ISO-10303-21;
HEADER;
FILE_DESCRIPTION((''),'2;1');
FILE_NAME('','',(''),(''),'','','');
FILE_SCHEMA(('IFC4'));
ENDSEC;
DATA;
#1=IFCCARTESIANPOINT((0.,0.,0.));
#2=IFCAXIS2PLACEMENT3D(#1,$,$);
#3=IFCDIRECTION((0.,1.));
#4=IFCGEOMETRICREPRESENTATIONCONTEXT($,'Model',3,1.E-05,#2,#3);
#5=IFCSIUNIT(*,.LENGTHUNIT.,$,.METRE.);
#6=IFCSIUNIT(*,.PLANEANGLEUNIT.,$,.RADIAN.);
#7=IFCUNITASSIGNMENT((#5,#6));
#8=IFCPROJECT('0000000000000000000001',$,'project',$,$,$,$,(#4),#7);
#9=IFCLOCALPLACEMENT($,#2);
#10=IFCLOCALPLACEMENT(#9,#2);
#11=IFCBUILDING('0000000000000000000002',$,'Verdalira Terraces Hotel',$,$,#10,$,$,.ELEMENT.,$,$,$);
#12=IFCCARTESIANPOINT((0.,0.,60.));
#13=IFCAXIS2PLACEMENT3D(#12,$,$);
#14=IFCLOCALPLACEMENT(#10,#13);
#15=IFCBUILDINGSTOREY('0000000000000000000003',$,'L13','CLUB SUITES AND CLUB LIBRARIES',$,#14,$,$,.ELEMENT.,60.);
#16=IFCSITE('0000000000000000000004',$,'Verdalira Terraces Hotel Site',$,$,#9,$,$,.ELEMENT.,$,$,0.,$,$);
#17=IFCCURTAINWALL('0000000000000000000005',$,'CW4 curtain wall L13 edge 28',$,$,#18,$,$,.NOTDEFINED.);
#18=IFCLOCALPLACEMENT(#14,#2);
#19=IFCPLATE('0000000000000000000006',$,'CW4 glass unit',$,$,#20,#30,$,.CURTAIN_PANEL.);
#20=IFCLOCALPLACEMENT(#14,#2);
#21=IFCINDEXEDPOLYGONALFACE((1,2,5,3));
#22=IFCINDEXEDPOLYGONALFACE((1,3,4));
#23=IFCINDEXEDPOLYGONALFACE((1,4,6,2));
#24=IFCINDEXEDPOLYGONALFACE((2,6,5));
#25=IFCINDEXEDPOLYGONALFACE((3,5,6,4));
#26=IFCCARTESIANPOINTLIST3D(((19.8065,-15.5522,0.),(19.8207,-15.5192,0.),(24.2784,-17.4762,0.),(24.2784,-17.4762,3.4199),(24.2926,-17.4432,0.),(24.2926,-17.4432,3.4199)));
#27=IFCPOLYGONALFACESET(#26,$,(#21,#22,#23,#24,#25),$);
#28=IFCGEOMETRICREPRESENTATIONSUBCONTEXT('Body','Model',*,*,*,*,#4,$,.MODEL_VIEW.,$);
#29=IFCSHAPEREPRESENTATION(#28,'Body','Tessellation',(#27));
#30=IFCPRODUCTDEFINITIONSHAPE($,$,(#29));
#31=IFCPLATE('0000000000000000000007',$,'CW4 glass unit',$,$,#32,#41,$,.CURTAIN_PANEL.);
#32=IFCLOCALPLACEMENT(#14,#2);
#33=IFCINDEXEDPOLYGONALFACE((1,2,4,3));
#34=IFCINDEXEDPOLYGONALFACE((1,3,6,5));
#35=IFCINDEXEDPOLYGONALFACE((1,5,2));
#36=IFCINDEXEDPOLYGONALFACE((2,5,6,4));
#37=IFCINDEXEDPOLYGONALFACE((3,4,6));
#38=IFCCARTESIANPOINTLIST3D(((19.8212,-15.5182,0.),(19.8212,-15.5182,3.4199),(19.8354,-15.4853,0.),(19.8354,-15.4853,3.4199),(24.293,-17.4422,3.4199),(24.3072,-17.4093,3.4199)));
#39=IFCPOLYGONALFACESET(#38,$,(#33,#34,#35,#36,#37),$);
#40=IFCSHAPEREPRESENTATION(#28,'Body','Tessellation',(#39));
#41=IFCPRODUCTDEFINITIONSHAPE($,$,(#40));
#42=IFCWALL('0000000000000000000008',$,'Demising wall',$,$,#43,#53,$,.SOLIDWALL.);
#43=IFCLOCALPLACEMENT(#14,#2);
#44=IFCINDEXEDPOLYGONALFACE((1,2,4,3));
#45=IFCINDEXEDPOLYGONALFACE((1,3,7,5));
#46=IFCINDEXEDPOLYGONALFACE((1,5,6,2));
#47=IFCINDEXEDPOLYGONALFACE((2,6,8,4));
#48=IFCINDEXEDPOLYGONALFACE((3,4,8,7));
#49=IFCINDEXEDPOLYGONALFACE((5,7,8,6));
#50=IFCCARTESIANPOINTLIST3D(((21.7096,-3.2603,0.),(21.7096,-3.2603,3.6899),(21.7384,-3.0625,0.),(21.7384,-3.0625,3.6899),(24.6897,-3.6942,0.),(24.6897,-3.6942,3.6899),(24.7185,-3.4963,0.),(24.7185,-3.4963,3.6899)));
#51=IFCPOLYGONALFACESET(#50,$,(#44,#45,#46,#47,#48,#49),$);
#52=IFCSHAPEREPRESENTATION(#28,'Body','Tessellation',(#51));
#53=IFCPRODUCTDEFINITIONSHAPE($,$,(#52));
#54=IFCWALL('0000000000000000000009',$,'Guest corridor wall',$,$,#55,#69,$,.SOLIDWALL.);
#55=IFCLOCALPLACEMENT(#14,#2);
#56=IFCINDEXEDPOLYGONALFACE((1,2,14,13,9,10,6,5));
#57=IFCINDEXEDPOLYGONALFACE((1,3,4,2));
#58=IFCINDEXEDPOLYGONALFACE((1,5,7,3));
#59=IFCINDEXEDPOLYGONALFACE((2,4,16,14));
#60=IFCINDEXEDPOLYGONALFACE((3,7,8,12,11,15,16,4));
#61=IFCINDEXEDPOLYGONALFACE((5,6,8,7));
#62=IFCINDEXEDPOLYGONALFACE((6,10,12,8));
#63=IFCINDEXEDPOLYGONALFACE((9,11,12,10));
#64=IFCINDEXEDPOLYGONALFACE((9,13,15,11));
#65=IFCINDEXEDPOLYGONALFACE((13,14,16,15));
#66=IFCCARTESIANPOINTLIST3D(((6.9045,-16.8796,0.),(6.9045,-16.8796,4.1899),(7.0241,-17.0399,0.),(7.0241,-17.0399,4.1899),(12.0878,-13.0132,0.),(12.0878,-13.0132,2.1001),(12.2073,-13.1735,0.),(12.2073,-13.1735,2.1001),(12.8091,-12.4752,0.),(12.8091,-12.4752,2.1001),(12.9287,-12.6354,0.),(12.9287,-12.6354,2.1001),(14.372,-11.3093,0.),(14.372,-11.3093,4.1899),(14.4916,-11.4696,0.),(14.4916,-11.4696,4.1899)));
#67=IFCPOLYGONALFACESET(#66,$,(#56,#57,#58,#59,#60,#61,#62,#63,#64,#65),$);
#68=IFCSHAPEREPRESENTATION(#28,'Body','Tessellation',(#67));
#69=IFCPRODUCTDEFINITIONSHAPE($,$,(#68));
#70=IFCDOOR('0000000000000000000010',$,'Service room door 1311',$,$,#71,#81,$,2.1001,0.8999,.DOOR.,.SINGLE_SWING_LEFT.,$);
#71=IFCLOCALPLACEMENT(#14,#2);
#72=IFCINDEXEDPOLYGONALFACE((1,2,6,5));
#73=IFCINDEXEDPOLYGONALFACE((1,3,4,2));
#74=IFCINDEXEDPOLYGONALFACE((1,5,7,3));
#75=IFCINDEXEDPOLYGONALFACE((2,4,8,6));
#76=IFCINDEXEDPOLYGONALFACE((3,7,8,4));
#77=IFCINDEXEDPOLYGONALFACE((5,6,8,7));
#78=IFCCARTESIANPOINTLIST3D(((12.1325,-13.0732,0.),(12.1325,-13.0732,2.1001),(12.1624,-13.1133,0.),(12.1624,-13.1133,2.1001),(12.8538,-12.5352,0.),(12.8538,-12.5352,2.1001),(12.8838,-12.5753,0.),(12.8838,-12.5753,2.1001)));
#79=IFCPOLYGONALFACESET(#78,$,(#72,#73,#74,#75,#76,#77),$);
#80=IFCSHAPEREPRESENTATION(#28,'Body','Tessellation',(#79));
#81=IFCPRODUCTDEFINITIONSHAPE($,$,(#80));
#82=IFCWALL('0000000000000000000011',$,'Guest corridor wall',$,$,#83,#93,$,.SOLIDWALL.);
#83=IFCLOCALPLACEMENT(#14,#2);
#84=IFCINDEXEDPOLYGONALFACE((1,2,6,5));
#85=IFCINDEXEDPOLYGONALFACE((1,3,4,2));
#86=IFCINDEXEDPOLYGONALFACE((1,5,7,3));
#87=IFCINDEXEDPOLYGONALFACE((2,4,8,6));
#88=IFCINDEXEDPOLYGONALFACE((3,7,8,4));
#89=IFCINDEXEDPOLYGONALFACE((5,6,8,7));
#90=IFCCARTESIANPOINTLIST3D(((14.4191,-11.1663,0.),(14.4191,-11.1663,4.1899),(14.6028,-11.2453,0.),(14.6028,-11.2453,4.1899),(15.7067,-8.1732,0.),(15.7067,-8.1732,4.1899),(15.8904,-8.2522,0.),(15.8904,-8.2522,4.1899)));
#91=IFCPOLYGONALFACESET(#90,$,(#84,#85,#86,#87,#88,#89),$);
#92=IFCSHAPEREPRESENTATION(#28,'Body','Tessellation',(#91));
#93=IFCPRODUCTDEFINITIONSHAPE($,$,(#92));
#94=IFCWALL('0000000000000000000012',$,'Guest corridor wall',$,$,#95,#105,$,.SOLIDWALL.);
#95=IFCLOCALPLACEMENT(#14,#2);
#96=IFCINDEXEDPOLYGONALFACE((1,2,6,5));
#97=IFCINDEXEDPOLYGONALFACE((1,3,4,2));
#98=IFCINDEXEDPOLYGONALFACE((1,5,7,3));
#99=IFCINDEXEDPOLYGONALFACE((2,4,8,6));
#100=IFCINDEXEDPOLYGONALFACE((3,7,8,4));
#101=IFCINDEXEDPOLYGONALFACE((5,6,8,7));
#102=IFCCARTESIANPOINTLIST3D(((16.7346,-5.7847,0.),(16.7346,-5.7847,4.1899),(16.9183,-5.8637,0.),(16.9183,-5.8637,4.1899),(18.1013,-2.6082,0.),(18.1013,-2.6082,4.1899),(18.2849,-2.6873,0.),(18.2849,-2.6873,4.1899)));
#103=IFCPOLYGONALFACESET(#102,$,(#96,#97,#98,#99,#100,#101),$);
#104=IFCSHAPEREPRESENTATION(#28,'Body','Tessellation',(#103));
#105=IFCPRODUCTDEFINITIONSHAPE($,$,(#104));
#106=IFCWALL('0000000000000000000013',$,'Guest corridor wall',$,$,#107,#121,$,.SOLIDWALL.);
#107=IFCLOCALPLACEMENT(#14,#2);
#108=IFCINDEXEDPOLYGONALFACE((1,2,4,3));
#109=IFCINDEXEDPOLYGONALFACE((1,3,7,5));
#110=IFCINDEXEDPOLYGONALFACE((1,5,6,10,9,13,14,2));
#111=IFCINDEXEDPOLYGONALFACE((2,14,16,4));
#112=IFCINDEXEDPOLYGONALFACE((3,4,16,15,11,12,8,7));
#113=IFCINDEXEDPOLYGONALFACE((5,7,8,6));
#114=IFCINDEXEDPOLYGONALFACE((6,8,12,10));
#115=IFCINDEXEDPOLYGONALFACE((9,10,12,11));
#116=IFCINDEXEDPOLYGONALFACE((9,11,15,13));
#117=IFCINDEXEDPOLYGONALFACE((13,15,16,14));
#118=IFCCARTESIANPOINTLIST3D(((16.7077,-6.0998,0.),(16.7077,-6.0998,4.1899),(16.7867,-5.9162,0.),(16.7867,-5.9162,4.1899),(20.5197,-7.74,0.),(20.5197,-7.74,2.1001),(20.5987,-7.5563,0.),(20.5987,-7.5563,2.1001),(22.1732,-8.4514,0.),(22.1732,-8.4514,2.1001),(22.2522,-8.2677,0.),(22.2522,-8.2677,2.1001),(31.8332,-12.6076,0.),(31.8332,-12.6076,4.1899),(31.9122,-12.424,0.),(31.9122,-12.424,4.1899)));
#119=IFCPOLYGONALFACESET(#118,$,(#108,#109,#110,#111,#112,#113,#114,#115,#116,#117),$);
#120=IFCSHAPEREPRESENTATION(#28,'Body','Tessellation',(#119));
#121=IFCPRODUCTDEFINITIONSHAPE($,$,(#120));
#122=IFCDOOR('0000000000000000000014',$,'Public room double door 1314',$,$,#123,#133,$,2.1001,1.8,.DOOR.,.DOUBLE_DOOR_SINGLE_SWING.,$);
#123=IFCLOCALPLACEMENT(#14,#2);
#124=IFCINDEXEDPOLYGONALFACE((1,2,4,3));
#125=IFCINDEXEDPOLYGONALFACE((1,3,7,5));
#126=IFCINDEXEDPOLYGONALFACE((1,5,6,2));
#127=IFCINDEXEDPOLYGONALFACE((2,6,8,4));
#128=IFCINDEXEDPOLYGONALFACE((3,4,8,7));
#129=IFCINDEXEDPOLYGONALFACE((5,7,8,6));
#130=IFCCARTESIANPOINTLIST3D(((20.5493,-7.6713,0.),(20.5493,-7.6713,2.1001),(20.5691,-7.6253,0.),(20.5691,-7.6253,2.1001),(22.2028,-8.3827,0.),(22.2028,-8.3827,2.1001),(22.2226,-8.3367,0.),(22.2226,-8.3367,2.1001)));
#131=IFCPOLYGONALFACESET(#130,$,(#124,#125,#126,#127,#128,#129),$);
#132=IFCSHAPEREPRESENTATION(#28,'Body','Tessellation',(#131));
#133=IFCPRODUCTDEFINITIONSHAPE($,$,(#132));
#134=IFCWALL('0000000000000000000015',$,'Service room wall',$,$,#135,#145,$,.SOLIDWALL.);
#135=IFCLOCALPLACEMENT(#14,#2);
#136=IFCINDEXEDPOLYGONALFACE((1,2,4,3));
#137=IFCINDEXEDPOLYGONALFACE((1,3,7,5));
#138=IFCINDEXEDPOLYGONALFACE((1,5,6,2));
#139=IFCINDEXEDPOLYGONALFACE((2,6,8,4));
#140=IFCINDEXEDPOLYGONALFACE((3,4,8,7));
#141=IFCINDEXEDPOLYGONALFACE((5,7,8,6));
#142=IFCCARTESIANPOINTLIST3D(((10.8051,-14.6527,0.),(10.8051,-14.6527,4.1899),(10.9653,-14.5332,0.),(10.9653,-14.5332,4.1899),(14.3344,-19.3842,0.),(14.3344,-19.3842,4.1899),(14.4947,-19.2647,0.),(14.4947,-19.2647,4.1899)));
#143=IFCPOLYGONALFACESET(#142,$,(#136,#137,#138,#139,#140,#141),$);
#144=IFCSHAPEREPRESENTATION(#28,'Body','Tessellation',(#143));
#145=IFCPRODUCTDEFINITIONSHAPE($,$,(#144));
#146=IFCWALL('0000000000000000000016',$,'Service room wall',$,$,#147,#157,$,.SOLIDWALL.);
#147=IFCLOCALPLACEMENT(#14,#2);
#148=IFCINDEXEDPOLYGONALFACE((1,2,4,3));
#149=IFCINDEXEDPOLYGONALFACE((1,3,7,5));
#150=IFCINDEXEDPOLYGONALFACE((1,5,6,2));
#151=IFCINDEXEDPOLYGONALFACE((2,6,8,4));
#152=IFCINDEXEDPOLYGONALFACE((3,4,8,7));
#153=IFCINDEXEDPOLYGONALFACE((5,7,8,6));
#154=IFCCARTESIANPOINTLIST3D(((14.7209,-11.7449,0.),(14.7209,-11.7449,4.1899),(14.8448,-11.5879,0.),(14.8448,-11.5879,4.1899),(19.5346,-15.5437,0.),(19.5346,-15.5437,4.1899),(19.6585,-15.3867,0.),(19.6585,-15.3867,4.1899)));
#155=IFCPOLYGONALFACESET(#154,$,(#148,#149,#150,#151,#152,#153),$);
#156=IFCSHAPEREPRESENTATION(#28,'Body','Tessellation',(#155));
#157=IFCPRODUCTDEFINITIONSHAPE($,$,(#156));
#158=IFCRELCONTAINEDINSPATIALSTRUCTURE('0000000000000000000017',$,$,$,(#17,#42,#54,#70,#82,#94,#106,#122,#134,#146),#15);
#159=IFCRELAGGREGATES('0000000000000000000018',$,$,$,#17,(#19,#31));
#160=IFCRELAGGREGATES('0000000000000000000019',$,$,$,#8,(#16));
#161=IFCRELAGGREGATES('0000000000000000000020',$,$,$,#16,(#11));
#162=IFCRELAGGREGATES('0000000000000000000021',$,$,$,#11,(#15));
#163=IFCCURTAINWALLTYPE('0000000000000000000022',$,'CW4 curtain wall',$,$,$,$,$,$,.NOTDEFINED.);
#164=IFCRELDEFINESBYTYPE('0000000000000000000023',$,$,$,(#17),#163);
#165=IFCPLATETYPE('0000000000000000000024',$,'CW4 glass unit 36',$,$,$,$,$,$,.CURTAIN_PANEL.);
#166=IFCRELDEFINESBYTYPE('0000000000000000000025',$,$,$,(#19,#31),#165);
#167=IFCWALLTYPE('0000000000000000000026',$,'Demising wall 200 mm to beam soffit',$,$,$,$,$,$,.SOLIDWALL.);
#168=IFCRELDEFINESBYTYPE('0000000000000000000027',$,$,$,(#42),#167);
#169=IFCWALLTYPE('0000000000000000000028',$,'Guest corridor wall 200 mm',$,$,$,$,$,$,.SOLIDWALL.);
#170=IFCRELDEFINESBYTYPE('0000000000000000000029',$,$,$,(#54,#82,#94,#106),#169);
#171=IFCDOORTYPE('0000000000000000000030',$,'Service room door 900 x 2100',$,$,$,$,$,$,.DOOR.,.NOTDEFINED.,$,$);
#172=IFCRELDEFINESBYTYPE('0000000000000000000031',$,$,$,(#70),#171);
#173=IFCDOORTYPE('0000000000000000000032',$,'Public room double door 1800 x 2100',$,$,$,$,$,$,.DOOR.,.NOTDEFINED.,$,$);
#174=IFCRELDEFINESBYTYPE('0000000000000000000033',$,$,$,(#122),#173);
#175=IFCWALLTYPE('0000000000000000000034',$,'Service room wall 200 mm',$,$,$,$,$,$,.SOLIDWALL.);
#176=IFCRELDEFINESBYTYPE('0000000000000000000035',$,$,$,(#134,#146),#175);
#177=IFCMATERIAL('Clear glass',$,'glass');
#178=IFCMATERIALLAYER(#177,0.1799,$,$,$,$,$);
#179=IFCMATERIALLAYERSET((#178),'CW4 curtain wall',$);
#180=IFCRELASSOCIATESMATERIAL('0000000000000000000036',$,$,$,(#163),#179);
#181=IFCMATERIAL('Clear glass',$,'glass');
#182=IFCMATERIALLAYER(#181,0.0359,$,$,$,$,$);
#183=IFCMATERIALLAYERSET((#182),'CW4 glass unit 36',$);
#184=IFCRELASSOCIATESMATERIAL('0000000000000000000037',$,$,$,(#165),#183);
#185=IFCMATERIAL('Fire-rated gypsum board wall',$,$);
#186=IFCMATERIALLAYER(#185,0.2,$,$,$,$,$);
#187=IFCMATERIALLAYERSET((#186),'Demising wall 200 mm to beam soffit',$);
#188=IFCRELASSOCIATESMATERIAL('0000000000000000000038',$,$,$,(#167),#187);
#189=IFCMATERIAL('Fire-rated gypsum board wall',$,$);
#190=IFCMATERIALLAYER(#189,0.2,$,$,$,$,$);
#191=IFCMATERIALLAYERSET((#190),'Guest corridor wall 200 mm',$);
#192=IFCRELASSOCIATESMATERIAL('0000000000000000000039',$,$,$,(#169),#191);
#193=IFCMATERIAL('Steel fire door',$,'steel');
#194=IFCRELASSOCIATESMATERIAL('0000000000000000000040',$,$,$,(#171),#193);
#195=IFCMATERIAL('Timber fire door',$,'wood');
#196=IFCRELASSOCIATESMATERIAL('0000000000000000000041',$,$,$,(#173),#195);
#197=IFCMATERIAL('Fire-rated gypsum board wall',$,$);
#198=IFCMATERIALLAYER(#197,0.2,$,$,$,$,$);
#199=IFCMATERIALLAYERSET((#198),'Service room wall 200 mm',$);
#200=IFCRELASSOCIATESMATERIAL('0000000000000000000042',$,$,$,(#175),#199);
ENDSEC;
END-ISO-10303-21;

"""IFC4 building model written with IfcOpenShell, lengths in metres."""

from ifc_helpers import new_model, si_unit, direction, frame, frame_2d, origin, place, context, subcontext, project, spatial, polyline, rectangle, outline, extrude, material, layer, layer_set, type_object, element, fill, aggregate, save


model = new_model("IFC4")

# Units and contexts
model_context = context("Model", 3, precision=1e-05, world=origin(), true_north=direction((0.0, 1.0)))
body_context = subcontext(model_context, "Body", "Model", "MODEL_VIEW")
ifc_project = project(units=[si_unit("LENGTHUNIT", "METRE"), si_unit("PLANEANGLEUNIT", "RADIAN")], contexts=[model_context])

# Site, building, storey
site_placement = place(None, origin())
site = spatial("IfcSite", under=ifc_project, at=site_placement, Name="Verdalira Terraces Hotel Site", CompositionType="ELEMENT", RefElevation=0.0)
building_placement = place(site_placement, origin())
building = spatial("IfcBuilding", under=site, at=building_placement, Name="Verdalira Terraces Hotel", CompositionType="ELEMENT")
storey_placement = place(building_placement, frame((0.0, 0.0, 60.0)))
storey = spatial("IfcBuildingStorey", under=building, at=storey_placement, Name="L13", Description="CLUB SUITES AND CLUB LIBRARIES", CompositionType="ELEMENT", Elevation=60.0)

# Curtain wall
ifc_material_1 = material(Name="Clear glass", Category="glass")
ifc_layer_1 = layer(ifc_material_1, 0.1799)
ifc_layer_set_1 = layer_set([ifc_layer_1], Name="CW4 curtain wall")
curtain_wall_type = type_object("IfcCurtainWallType", Name="CW4 curtain wall", PredefinedType="NOTDEFINED", material=ifc_layer_set_1)
curtain_wall_1_placement = place(storey_placement, origin())
curtain_wall_1 = element("IfcCurtainWall", 1, at=curtain_wall_1_placement, inside=storey, type_object=curtain_wall_type, Name="CW4 curtain wall L13 edge 28", PredefinedType="NOTDEFINED")

# Plates
ifc_material_2 = material(Name="Clear glass", Category="glass")
ifc_layer_2 = layer(ifc_material_2, 0.0359)
ifc_layer_set_2 = layer_set([ifc_layer_2], Name="CW4 glass unit 36")
plate_type = type_object("IfcPlateType", Name="CW4 glass unit 36", PredefinedType="CURTAIN_PANEL", material=ifc_layer_set_2)
plate_1_placement = place(storey_placement, frame((22.0566, -16.4812, 1.71), z_axis=(-0.395225, -0.918584, 0.0), x_axis=(0.918584, -0.395225, 0.0)))
plate_1 = element("IfcPlate", 2, at=plate_1_placement, type_object=plate_type, Name="CW4 glass unit", PredefinedType="CURTAIN_PANEL", context=body_context, shape_type="SweptSolid", body=[
    extrude(outline(polyline([(-2.4341, -1.71), (2.4341, -1.71), (2.4341, 1.71), (-2.4341, -1.71)])), origin(), (0.0, 0.0, 1.0), 0.0359),
])
plate_2_placement = place(storey_placement, frame((22.0713, -16.4473, 1.71), z_axis=(-0.395225, -0.918584, 0.0), x_axis=(0.918584, -0.395225, 0.0)))
plate_2 = element("IfcPlate", 3, at=plate_2_placement, type_object=plate_type, Name="CW4 glass unit", PredefinedType="CURTAIN_PANEL", context=body_context, shape_type="SweptSolid", body=[
    extrude(outline(polyline([(-2.4341, -1.71), (2.4341, 1.71), (-2.4341, 1.71), (-2.4341, -1.71)])), origin(), (0.0, 0.0, 1.0), 0.0359),
])
aggregate(curtain_wall_1, [plate_1, plate_2])

# Wall
ifc_material_3 = material(Name="Fire-rated gypsum board wall")
ifc_layer_3 = layer(ifc_material_3, 0.2)
ifc_layer_set_3 = layer_set([ifc_layer_3], Name="Demising wall 200 mm to beam soffit")
wall_type_1 = type_object("IfcWallType", Name="Demising wall 200 mm to beam soffit", PredefinedType="SOLIDWALL", material=ifc_layer_set_3)
wall_1_placement = place(storey_placement, frame((21.7239, -3.1614, 0.0), z_axis=(0.0, 0.0, 1.0), x_axis=(0.989568, -0.144065, 0.0)))
element("IfcWall", 4, at=wall_1_placement, inside=storey, type_object=wall_type_1, Name="Demising wall", PredefinedType="SOLIDWALL", context=body_context, shape_type="SweptSolid", body=[
    extrude(rectangle(XDim=3.0115, YDim=0.2, at=frame_2d((1.5059, 0.0))), origin(), (0.0, 0.0, 1.0), 3.6899),
])

# Wall, opening, door
ifc_material_4 = material(Name="Fire-rated gypsum board wall")
ifc_layer_4 = layer(ifc_material_4, 0.2)
ifc_layer_set_4 = layer_set([ifc_layer_4], Name="Guest corridor wall 200 mm")
wall_type_2 = type_object("IfcWallType", Name="Guest corridor wall 200 mm", PredefinedType="SOLIDWALL", material=ifc_layer_set_4)
wall_2_placement = place(storey_placement, frame((14.4319, -11.3894, 0.0), z_axis=(0.0, 0.0, 1.0), x_axis=(-0.80156, -0.597914, 0.0)))
wall_2 = element("IfcWall", 5, at=wall_2_placement, inside=storey, type_object=wall_type_2, Name="Guest corridor wall", PredefinedType="SOLIDWALL", context=body_context, shape_type="SweptSolid", body=[
    extrude(rectangle(XDim=9.3162, YDim=0.2, at=frame_2d((4.6582, 0.0))), origin(), (0.0, 0.0, 1.0), 4.1899),
])
opening_1_placement = place(wall_2_placement, frame((1.95, 0.0, 0.0)))
opening_1 = element("IfcOpeningElement", 6, at=opening_1_placement, cuts=wall_2, PredefinedType="OPENING", context=body_context, shape_type="SweptSolid", body=[
    extrude(rectangle(XDim=0.8999, YDim=2.1001, at=frame_2d((0.45, 1.05))), frame((0.0, 0.1099, 0.0), z_axis=(0.0, -1.0, 0.0), x_axis=(1.0, 0.0, 0.0)), (0.0, 0.0, 1.0), 0.22),
])
ifc_material_5 = material(Name="Steel fire door", Category="steel")
door_type_1 = type_object("IfcDoorType", Name="Service room door 900 x 2100", OperationType="NOTDEFINED", PredefinedType="DOOR", material=ifc_material_5)
door_1_placement = place(opening_1_placement, origin())
door_1 = element("IfcDoor", 7, at=door_1_placement, inside=storey, type_object=door_type_1, Name="Service room door 1311", OperationType="SINGLE_SWING_LEFT", OverallHeight=2.1001, OverallWidth=0.8999, PredefinedType="DOOR", context=body_context, shape_type="SweptSolid", body=[
    extrude(rectangle(XDim=0.8999, YDim=2.1001, at=frame_2d((0.45, 1.05))), frame((0.0, 0.0249, 0.0), z_axis=(0.0, -1.0, 0.0), x_axis=(1.0, 0.0, 0.0)), (0.0, 0.0, 1.0), 0.05),
])
fill(opening_1, door_1)

# Walls
wall_3_placement = place(storey_placement, frame((14.511, -11.2058, 0.0), z_axis=(0.0, 0.0, 1.0), x_axis=(0.395167, 0.918609, 0.0)))
element("IfcWall", 8, at=wall_3_placement, inside=storey, type_object=wall_type_2, Name="Guest corridor wall", PredefinedType="SOLIDWALL", context=body_context, shape_type="SweptSolid", body=[
    extrude(rectangle(XDim=3.2583, YDim=0.2, at=frame_2d((1.6292, 0.0))), origin(), (0.0, 0.0, 1.0), 4.1899),
])
wall_4_placement = place(storey_placement, frame((16.8264, -5.8242, 0.0), z_axis=(0.0, 0.0, 1.0), x_axis=(0.395223, 0.918585, 0.0)))
element("IfcWall", 9, at=wall_4_placement, inside=storey, type_object=wall_type_2, Name="Guest corridor wall", PredefinedType="SOLIDWALL", context=body_context, shape_type="SweptSolid", body=[
    extrude(rectangle(XDim=3.458, YDim=0.2, at=frame_2d((1.729, 0.0))), origin(), (0.0, 0.0, 1.0), 4.1899),
])

# Wall, opening, door
wall_5_placement = place(storey_placement, frame((16.7473, -6.0081, 0.0), z_axis=(0.0, 0.0, 1.0), x_axis=(0.918584, -0.395225, 0.0)))
wall_5 = element("IfcWall", 10, at=wall_5_placement, inside=storey, type_object=wall_type_2, Name="Guest corridor wall", PredefinedType="SOLIDWALL", context=body_context, shape_type="SweptSolid", body=[
    extrude(rectangle(XDim=16.4661, YDim=0.2, at=frame_2d((8.2329, 0.0))), origin(), (0.0, 0.0, 1.0), 4.1899),
])
opening_2_placement = place(wall_5_placement, frame((4.1499, 0.0, 0.0)))
opening_2 = element("IfcOpeningElement", 11, at=opening_2_placement, cuts=wall_5, PredefinedType="OPENING", context=body_context, shape_type="SweptSolid", body=[
    extrude(rectangle(XDim=1.8, YDim=2.1001, at=frame_2d((0.8999, 1.05))), frame((0.0, 0.1099, 0.0), z_axis=(0.0, -1.0, 0.0), x_axis=(1.0, 0.0, 0.0)), (0.0, 0.0, 1.0), 0.22),
])
ifc_material_6 = material(Name="Timber fire door", Category="wood")
door_type_2 = type_object("IfcDoorType", Name="Public room double door 1800 x 2100", OperationType="NOTDEFINED", PredefinedType="DOOR", material=ifc_material_6)
door_2_placement = place(opening_2_placement, origin())
door_2 = element("IfcDoor", 12, at=door_2_placement, inside=storey, type_object=door_type_2, Name="Public room double door 1314", OperationType="DOUBLE_DOOR_SINGLE_SWING", OverallHeight=2.1001, OverallWidth=1.8, PredefinedType="DOOR", context=body_context, shape_type="SweptSolid", body=[
    extrude(rectangle(XDim=1.8, YDim=2.1001, at=frame_2d((0.8999, 1.05))), frame((0.0, 0.0249, 0.0), z_axis=(0.0, -1.0, 0.0), x_axis=(1.0, 0.0, 0.0)), (0.0, 0.0, 1.0), 0.05),
])
fill(opening_2, door_2)

# Walls
ifc_material_7 = material(Name="Fire-rated gypsum board wall")
ifc_layer_5 = layer(ifc_material_7, 0.2)
ifc_layer_set_5 = layer_set([ifc_layer_5], Name="Service room wall 200 mm")
wall_type_3 = type_object("IfcWallType", Name="Service room wall 200 mm", PredefinedType="SOLIDWALL", material=ifc_layer_set_5)
wall_6_placement = place(storey_placement, frame((14.4146, -19.3245, 0.0), z_axis=(0.0, 0.0, 1.0), x_axis=(-0.597907, 0.801566, 0.0)))
element("IfcWall", 13, at=wall_6_placement, inside=storey, type_object=wall_type_3, Name="Service room wall", PredefinedType="SOLIDWALL", context=body_context, shape_type="SweptSolid", body=[
    extrude(rectangle(XDim=5.9028, YDim=0.2, at=frame_2d((2.9514, 0.0))), origin(), (0.0, 0.0, 1.0), 4.1899),
])
wall_7_placement = place(storey_placement, frame((14.783, -11.6665, 0.0), z_axis=(0.0, 0.0, 1.0), x_axis=(0.785, -0.619496, 0.0)))
element("IfcWall", 14, at=wall_7_placement, inside=storey, type_object=wall_type_3, Name="Service room wall", PredefinedType="SOLIDWALL", context=body_context, shape_type="SweptSolid", body=[
    extrude(rectangle(XDim=6.1321, YDim=0.2, at=frame_2d((3.0659, 0.0))), origin(), (0.0, 0.0, 1.0), 4.1899),
])

save(model, "model.ifc")
